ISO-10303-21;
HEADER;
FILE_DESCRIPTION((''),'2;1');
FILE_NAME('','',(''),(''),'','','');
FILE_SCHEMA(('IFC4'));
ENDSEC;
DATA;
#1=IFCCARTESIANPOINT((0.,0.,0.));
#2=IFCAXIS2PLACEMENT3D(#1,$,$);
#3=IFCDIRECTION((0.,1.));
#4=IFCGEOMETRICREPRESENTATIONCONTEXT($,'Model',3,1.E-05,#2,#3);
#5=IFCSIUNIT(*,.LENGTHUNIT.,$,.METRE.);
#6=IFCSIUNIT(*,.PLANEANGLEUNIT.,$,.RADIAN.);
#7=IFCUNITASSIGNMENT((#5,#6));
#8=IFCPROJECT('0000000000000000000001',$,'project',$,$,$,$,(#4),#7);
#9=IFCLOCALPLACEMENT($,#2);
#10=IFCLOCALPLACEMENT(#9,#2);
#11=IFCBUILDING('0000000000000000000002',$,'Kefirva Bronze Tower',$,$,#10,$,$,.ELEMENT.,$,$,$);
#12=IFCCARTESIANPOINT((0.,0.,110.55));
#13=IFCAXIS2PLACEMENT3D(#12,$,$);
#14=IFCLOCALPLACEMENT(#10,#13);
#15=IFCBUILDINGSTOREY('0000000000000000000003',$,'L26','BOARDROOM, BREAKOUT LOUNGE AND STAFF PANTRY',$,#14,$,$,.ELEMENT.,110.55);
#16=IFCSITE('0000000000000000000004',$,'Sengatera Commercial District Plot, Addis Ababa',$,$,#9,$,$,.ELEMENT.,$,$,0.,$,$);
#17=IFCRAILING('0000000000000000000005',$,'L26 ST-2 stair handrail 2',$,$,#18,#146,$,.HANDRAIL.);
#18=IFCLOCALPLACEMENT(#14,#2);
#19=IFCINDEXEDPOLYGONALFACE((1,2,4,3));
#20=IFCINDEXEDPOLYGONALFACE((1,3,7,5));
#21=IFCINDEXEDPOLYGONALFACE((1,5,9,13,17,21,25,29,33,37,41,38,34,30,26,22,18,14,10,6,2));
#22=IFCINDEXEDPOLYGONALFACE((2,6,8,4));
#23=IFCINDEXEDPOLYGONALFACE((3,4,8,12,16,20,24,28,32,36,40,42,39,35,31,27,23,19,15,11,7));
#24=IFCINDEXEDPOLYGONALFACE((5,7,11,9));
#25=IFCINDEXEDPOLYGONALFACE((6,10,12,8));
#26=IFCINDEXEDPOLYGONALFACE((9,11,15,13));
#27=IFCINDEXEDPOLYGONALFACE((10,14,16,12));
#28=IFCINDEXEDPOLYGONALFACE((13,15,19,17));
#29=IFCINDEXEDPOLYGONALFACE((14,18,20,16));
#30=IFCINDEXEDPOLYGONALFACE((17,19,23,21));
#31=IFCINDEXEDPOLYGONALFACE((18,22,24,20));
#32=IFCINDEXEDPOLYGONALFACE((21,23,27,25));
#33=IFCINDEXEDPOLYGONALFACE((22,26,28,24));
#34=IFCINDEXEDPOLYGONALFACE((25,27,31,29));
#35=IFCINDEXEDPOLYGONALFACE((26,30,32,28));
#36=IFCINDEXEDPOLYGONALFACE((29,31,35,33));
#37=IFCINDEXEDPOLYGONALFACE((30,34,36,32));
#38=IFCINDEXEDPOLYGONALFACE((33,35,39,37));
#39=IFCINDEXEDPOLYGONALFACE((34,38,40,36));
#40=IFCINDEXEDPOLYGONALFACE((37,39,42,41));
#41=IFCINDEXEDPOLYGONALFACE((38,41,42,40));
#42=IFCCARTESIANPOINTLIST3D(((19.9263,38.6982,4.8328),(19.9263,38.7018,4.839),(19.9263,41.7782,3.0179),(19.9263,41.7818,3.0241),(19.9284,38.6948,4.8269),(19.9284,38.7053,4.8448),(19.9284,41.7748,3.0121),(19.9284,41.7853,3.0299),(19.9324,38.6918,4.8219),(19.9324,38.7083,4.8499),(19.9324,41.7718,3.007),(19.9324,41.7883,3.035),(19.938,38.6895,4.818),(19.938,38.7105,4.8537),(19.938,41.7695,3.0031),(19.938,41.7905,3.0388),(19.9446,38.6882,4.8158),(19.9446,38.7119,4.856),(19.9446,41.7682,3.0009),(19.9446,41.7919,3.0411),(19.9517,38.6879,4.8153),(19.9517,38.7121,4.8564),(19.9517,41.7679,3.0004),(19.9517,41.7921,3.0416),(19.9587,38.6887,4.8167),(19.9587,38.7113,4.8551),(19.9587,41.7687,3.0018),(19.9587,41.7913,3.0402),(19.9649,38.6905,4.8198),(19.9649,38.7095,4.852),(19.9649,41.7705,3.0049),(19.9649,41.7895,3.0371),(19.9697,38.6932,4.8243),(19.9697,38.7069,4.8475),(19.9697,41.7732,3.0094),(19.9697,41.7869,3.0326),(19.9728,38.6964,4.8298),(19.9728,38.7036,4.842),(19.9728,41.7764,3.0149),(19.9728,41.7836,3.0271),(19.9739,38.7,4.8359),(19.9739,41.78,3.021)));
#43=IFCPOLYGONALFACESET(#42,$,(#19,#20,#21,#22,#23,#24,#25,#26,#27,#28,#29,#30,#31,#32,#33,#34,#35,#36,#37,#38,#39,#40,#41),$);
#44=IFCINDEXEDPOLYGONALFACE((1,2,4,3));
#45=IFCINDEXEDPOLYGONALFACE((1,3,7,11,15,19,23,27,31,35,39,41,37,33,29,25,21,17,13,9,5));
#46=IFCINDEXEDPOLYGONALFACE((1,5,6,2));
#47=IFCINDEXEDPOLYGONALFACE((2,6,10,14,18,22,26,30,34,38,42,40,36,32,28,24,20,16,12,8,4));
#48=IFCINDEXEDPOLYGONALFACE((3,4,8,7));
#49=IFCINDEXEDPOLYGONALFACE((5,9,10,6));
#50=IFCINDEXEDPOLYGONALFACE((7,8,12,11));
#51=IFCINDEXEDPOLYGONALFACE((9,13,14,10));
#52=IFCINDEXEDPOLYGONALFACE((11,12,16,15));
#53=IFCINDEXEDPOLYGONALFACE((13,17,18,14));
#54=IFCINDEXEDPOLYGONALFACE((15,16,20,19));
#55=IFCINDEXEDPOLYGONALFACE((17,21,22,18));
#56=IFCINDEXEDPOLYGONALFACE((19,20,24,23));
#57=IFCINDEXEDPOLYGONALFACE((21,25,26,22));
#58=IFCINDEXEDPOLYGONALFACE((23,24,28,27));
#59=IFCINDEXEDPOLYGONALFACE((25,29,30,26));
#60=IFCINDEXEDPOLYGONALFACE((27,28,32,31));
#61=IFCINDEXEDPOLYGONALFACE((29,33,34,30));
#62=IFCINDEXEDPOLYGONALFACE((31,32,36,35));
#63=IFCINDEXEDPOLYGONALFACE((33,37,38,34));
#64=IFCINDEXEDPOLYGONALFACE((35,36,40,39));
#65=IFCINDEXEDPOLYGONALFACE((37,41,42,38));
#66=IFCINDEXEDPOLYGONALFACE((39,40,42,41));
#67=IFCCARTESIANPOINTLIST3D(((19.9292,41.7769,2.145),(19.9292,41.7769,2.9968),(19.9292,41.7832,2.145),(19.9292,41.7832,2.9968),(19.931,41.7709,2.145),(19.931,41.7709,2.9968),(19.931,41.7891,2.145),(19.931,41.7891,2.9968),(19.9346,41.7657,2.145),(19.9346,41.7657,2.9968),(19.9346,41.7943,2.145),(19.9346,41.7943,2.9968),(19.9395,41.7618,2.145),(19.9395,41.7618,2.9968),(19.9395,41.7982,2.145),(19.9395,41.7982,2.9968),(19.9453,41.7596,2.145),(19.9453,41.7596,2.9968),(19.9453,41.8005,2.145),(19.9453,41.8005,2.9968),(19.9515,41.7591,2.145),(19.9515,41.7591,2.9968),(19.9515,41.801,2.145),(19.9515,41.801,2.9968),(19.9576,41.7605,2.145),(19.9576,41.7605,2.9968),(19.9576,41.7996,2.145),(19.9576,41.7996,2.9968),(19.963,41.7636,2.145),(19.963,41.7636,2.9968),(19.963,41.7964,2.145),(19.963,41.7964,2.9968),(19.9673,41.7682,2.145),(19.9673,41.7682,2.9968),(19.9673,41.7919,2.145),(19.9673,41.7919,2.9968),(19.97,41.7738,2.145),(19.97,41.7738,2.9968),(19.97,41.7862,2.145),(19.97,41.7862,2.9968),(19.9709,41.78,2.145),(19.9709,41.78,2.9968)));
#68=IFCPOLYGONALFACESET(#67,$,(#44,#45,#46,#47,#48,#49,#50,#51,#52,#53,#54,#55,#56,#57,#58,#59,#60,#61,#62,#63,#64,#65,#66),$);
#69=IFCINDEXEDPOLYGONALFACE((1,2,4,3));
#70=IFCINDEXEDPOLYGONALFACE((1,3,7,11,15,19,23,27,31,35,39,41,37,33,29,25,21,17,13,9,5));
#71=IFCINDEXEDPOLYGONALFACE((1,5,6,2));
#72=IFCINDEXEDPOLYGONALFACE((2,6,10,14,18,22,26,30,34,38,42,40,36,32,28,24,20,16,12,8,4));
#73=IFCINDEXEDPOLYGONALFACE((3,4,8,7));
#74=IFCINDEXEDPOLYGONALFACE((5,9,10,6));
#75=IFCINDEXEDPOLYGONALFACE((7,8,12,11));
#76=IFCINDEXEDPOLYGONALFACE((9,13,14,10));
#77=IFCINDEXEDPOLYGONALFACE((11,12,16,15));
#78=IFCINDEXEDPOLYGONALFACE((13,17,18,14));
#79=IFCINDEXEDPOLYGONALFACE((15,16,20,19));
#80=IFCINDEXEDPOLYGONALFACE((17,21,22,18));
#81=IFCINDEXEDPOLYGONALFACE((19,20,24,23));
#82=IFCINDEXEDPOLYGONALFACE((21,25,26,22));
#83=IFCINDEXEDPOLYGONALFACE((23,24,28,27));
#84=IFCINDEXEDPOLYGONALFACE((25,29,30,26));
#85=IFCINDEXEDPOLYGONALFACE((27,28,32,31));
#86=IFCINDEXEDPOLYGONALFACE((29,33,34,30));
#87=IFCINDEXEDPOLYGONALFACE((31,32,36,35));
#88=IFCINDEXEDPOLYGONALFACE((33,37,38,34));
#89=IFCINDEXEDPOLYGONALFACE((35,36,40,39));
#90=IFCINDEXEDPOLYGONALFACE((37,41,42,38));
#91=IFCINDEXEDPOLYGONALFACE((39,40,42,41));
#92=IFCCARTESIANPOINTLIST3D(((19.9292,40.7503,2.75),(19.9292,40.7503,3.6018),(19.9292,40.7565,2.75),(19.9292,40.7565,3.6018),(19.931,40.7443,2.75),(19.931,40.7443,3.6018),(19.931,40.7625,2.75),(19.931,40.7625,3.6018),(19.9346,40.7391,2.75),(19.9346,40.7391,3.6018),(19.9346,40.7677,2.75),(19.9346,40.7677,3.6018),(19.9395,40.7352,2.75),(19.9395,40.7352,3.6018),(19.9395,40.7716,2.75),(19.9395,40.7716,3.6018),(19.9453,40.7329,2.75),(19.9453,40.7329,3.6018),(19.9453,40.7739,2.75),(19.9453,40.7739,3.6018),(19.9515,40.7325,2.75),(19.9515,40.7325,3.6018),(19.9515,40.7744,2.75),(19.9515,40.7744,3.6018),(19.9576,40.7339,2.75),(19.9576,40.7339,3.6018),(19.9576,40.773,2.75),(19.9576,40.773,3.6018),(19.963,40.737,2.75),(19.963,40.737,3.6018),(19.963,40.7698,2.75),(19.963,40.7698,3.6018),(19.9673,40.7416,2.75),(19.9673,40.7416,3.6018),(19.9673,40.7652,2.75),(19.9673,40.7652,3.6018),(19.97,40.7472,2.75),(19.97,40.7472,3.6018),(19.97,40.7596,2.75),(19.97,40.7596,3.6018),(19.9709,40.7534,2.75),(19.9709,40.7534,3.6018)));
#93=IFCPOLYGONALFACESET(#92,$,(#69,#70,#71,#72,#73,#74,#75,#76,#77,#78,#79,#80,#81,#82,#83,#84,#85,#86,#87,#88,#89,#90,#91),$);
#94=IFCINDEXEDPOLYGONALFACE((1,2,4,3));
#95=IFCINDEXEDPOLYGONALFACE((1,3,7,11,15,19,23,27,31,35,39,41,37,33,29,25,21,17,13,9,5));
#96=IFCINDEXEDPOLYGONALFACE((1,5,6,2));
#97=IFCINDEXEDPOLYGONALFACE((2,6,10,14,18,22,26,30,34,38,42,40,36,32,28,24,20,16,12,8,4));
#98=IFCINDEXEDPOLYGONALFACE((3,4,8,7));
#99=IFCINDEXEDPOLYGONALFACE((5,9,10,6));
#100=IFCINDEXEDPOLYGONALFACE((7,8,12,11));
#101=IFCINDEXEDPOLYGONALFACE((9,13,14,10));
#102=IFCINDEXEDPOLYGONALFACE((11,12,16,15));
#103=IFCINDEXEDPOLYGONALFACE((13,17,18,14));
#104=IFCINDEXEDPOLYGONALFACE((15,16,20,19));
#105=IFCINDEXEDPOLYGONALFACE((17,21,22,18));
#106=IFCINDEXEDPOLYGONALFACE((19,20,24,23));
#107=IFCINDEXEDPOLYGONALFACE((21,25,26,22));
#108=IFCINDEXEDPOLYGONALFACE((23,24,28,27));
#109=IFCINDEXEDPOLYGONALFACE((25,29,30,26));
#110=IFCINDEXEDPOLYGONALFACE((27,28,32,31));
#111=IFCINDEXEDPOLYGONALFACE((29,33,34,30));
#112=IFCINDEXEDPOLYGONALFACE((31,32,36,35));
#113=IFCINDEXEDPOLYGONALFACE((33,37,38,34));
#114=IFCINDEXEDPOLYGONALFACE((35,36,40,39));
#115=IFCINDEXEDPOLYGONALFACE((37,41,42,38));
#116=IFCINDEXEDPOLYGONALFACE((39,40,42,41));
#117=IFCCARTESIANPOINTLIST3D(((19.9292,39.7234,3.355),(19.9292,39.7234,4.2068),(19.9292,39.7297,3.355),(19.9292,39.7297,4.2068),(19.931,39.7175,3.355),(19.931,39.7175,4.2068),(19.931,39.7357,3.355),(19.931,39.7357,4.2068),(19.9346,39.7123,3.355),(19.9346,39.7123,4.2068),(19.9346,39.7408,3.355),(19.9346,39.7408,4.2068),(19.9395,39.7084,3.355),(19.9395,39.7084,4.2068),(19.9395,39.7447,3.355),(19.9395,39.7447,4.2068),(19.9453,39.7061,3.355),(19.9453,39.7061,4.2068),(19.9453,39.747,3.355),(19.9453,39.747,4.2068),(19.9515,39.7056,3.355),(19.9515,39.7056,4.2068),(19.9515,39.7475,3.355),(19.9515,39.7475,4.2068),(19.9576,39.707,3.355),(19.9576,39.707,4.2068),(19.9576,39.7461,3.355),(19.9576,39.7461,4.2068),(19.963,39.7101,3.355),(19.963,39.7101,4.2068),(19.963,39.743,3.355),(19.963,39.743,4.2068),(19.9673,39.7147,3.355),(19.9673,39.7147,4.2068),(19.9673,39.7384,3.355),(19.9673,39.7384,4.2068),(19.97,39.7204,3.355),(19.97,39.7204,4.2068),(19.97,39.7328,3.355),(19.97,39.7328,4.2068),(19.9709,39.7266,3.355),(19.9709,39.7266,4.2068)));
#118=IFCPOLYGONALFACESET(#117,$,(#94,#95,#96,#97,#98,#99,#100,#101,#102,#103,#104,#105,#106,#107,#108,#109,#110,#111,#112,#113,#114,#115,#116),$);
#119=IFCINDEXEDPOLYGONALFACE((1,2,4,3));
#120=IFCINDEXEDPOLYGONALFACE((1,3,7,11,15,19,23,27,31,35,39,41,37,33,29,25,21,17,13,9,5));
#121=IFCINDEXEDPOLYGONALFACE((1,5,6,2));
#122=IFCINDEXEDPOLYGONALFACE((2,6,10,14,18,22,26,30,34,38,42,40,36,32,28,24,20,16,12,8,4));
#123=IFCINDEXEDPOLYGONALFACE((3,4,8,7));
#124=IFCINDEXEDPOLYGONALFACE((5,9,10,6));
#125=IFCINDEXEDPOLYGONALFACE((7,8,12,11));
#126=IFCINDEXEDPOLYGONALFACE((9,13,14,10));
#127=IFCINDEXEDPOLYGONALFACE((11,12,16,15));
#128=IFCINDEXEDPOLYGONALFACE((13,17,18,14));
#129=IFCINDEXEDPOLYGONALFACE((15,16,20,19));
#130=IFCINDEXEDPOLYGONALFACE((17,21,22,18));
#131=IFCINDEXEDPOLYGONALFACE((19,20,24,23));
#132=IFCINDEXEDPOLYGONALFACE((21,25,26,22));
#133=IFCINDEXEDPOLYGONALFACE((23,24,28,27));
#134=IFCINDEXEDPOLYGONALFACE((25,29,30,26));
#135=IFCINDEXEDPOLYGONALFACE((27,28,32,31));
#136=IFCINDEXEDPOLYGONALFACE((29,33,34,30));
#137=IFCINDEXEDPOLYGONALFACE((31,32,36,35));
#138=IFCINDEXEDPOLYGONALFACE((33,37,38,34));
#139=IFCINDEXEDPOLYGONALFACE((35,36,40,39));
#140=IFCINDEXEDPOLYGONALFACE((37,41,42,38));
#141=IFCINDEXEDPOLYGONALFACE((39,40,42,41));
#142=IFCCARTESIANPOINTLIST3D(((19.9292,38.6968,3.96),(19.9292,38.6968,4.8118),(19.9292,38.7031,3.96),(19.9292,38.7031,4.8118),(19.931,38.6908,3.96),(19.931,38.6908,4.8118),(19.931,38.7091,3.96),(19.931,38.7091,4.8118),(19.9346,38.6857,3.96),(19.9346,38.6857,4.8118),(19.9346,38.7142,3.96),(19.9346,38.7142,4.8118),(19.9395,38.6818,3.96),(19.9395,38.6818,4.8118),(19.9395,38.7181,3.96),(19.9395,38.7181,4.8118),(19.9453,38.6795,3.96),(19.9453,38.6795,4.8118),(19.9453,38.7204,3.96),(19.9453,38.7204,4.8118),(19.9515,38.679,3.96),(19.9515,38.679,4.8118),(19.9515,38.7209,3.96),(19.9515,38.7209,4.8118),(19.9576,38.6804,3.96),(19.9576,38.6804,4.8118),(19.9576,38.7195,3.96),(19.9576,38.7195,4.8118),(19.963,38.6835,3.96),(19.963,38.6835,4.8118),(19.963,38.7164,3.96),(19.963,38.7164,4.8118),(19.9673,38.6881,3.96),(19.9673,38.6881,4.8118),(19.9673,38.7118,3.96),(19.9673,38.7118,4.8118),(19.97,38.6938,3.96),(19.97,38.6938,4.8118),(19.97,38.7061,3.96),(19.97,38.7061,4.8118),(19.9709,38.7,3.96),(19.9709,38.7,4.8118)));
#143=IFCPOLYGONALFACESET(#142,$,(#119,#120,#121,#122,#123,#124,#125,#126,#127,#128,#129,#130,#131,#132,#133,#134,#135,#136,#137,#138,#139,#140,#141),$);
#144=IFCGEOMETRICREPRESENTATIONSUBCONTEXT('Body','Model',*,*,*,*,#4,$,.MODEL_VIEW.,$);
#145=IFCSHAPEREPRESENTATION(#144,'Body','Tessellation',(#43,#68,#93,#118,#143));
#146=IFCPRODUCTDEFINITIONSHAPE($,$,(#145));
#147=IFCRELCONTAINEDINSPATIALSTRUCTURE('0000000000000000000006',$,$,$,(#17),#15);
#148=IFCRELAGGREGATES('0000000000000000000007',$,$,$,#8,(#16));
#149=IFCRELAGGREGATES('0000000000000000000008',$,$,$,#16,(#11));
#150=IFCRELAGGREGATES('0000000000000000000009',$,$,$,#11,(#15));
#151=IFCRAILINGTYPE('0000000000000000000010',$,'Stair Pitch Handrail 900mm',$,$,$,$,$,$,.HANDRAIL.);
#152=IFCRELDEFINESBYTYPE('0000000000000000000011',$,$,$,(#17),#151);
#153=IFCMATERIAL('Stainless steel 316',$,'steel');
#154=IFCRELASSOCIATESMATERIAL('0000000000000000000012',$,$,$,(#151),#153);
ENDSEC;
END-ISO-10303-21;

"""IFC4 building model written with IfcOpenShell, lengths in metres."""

from ifc_helpers import new_model, si_unit, direction, frame, origin, origin_2d, place, context, subcontext, project, spatial, circle, extrude, material, type_object, element, save


model = new_model("IFC4")

# Units and contexts
model_context = context("Model", 3, precision=1e-05, world=origin(), true_north=direction((0.0, 1.0)))
body_context = subcontext(model_context, "Body", "Model", "MODEL_VIEW")
ifc_project = project(units=[si_unit("LENGTHUNIT", "METRE"), si_unit("PLANEANGLEUNIT", "RADIAN")], contexts=[model_context])

# Site, building, storey
site_placement = place(None, origin())
site = spatial("IfcSite", under=ifc_project, at=site_placement, Name="Sengatera Commercial District Plot, Addis Ababa", CompositionType="ELEMENT", RefElevation=0.0)
building_placement = place(site_placement, origin())
building = spatial("IfcBuilding", under=site, at=building_placement, Name="Kefirva Bronze Tower", CompositionType="ELEMENT")
storey_placement = place(building_placement, frame((0.0, 0.0, 110.55)))
storey = spatial("IfcBuildingStorey", under=building, at=storey_placement, Name="L26", Description="BOARDROOM, BREAKOUT LOUNGE AND STAFF PANTRY", CompositionType="ELEMENT", Elevation=110.55)

# Railing
ifc_material_1 = material(Name="Stainless steel 316", Category="steel")
railing_type_1 = type_object("IfcRailingType", Name="Stair Pitch Handrail 900mm", PredefinedType="HANDRAIL", material=ifc_material_1)
railing_1_placement = place(storey_placement, frame((19.95, 41.78, 2.145)))
element("IfcRailing", 1, at=railing_1_placement, inside=storey, type_object=railing_type_1, Name="L26 ST-2 stair handrail 2", PredefinedType="HANDRAIL", context=body_context, shape_type="SweptSolid", body=[
    extrude(circle(Radius=0.0239, at=origin_2d()), frame((0.0, 0.0, 0.876), z_axis=(0.0, -0.861551, 0.507671), x_axis=(1.0, 0.0, 0.0)), (0.0, 0.0, 1.0), 3.575),
    extrude(circle(Radius=0.021, at=origin_2d()), origin(), (0.0, 0.0, 1.0), 0.8518),
    extrude(circle(Radius=0.021, at=origin_2d()), frame((0.0, -1.0266, 0.605)), (0.0, 0.0, 1.0), 0.8518),
    extrude(circle(Radius=0.021, at=origin_2d()), frame((0.0, -2.0535, 1.21)), (0.0, 0.0, 1.0), 0.8518),
    extrude(circle(Radius=0.021, at=origin_2d()), frame((0.0, -3.0801, 1.8149)), (0.0, 0.0, 1.0), 0.8518),
])

save(model, "model.ifc")
